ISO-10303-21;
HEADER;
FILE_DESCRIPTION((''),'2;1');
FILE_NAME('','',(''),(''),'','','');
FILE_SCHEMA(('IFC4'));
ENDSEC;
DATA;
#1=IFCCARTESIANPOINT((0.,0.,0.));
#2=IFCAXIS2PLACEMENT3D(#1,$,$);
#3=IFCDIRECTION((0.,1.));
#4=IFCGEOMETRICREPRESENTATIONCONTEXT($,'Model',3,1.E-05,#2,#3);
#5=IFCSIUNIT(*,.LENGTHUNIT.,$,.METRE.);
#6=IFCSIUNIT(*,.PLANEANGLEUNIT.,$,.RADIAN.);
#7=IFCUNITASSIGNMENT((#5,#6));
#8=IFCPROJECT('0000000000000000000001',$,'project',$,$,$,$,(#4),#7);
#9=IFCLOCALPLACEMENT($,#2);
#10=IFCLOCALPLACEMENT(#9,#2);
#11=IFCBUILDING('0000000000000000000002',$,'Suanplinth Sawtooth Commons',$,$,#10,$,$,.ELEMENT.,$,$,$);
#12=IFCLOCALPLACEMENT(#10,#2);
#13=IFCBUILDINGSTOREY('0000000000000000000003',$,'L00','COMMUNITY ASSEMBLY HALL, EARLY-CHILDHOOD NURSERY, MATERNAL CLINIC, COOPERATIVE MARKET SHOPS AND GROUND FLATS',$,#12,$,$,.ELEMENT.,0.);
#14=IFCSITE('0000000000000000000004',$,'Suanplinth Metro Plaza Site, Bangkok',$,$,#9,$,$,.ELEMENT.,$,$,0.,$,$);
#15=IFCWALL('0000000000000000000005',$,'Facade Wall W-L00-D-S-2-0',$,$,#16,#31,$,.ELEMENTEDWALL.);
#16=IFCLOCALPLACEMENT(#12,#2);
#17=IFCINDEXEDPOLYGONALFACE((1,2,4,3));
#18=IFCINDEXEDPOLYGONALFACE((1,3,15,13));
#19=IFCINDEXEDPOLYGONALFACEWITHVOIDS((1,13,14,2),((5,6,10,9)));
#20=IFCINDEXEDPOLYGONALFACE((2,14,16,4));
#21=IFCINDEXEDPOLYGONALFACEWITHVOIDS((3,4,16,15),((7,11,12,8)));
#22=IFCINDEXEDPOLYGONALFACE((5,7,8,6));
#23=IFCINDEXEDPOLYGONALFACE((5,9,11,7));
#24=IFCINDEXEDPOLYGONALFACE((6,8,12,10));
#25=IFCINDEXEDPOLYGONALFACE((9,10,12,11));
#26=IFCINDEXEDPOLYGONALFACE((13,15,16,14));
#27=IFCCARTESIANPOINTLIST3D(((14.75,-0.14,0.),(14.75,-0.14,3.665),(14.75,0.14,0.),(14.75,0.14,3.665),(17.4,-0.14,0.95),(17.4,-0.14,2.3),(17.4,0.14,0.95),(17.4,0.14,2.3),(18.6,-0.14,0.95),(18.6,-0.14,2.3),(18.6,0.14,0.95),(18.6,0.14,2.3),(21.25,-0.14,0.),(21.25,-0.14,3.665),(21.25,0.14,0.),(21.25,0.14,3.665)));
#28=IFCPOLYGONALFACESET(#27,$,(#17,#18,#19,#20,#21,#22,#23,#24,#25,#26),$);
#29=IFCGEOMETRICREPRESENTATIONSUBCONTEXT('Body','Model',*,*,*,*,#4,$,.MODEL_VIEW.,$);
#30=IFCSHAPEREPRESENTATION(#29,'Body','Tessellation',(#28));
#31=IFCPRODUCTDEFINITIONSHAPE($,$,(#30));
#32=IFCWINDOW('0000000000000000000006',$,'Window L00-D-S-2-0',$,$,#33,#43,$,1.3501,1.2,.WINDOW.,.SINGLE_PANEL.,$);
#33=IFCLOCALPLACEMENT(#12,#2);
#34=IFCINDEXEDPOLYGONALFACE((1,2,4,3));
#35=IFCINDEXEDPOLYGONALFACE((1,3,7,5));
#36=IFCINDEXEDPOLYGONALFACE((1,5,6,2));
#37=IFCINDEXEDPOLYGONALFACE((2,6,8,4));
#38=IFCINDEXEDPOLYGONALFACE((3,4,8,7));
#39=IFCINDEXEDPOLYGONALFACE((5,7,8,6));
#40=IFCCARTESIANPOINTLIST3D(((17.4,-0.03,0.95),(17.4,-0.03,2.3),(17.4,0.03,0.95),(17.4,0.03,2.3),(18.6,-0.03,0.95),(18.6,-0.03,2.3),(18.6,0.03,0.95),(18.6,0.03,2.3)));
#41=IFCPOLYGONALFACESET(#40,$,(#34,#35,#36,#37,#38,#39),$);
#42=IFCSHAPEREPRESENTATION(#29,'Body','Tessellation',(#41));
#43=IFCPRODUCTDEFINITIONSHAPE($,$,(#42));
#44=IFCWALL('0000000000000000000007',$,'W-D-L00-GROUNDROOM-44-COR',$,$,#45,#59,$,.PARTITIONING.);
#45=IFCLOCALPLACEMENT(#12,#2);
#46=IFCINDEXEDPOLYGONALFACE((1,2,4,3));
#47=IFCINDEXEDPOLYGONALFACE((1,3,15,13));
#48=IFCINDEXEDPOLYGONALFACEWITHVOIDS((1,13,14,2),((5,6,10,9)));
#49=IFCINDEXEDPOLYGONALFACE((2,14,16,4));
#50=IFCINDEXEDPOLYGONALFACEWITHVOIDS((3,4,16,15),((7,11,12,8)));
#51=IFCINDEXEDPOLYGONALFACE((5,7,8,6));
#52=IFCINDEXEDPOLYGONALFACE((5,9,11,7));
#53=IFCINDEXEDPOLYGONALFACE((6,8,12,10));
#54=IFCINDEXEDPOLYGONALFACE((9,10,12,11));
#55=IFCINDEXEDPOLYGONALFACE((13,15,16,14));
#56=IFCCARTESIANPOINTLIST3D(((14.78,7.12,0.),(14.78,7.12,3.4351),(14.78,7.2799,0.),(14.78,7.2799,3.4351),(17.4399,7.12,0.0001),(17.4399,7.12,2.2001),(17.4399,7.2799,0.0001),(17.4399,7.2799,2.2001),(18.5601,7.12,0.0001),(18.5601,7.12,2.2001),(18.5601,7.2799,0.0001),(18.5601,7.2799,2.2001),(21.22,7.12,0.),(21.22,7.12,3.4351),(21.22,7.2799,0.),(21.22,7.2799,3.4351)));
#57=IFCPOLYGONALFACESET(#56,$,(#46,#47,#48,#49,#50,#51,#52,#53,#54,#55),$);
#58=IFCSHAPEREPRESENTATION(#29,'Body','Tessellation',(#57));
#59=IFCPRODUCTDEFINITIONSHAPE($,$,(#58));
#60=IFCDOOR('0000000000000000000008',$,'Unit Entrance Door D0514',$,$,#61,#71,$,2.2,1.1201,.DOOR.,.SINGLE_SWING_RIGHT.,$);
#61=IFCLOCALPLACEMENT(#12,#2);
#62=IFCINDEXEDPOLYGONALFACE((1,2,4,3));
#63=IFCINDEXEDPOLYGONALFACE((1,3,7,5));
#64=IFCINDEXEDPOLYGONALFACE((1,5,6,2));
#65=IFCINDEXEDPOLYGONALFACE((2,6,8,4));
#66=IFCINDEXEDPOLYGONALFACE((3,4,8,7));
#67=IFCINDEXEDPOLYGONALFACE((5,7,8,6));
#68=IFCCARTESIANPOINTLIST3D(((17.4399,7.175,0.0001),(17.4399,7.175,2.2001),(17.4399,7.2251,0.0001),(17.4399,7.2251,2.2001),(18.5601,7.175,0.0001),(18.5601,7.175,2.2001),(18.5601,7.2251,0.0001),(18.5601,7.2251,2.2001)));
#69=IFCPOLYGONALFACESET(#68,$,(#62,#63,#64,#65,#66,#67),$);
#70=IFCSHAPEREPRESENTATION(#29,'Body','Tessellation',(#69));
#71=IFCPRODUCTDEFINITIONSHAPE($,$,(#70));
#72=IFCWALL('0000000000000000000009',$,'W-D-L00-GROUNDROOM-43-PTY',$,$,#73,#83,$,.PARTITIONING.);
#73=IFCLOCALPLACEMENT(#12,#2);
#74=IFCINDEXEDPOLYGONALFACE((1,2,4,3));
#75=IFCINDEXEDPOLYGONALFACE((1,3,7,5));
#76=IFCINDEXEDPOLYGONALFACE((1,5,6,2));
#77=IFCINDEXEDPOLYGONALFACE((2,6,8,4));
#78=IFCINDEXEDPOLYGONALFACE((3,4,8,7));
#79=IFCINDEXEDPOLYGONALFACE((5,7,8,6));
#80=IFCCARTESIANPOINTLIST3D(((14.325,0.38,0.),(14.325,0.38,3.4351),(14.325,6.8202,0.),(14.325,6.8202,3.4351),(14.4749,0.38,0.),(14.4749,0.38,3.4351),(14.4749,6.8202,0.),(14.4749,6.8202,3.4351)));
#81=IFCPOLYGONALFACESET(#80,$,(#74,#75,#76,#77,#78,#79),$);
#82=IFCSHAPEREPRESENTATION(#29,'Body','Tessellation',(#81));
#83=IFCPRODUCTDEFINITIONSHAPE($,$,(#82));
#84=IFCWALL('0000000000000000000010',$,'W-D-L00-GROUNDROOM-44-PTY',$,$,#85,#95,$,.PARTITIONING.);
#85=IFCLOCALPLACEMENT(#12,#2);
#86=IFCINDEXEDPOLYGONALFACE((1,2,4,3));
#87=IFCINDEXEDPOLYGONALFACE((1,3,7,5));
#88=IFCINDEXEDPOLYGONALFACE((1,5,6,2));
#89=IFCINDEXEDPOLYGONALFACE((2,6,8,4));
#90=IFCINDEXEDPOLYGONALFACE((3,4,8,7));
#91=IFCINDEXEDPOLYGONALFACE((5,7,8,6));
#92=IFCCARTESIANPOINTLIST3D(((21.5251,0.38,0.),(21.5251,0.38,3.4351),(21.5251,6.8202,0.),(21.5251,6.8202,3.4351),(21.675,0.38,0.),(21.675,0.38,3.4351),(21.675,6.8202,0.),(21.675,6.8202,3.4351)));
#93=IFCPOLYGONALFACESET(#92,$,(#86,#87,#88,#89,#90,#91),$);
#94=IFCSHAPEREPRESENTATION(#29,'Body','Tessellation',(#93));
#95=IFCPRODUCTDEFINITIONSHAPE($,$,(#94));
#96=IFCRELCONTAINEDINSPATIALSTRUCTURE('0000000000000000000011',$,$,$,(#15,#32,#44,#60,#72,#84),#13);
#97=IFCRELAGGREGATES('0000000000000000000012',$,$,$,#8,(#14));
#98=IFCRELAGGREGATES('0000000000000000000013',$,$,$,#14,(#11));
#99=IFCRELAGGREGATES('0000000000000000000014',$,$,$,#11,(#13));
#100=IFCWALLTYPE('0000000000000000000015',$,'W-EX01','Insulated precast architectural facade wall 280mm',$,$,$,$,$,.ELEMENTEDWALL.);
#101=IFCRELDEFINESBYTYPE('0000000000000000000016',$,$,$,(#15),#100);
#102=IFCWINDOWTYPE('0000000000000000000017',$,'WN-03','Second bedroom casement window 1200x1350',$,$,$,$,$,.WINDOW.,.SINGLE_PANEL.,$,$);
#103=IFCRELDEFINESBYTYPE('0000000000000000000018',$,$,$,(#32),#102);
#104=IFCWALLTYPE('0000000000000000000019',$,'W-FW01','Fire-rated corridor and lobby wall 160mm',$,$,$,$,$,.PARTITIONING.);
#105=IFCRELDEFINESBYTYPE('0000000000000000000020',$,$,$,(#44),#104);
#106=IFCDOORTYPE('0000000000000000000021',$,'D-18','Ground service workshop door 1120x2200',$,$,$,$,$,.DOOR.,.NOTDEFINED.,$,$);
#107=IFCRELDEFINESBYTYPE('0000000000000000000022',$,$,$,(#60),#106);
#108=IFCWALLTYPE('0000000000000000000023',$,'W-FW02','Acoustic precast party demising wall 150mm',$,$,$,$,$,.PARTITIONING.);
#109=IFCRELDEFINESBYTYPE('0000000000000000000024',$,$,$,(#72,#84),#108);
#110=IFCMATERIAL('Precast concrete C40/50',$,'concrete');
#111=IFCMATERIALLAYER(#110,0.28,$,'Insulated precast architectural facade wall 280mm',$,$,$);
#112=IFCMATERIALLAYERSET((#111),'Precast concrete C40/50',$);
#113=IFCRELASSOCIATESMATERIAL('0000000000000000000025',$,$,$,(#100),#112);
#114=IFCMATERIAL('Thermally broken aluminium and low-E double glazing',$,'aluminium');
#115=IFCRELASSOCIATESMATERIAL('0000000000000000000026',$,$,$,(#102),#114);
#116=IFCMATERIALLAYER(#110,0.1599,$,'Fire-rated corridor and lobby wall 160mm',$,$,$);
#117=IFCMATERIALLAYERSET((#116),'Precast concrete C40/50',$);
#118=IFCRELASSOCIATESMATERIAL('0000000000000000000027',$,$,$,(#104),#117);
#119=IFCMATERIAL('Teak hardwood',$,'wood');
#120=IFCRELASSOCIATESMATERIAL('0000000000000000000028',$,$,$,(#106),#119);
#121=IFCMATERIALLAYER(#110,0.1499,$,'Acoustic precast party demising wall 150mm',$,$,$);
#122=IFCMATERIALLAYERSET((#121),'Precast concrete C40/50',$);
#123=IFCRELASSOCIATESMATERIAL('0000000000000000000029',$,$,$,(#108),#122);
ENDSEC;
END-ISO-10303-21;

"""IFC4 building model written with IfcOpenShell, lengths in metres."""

from ifc_helpers import new_model, si_unit, direction, frame, frame_2d, origin, place, context, subcontext, project, spatial, rectangle, extrude, material, layer, layer_set, type_object, element, fill, save


model = new_model("IFC4")

# Units and contexts
model_context = context("Model", 3, precision=1e-05, world=origin(), true_north=direction((0.0, 1.0)))
body_context = subcontext(model_context, "Body", "Model", "MODEL_VIEW")
ifc_project = project(units=[si_unit("LENGTHUNIT", "METRE"), si_unit("PLANEANGLEUNIT", "RADIAN")], contexts=[model_context])

# Site, building, storey
site_placement = place(None, origin())
site = spatial("IfcSite", under=ifc_project, at=site_placement, Name="Suanplinth Metro Plaza Site, Bangkok", CompositionType="ELEMENT", RefElevation=0.0)
building_placement = place(site_placement, origin())
building = spatial("IfcBuilding", under=site, at=building_placement, Name="Suanplinth Sawtooth Commons", CompositionType="ELEMENT")
storey_placement = place(building_placement, origin())
storey = spatial("IfcBuildingStorey", under=building, at=storey_placement, Name="L00", Description="COMMUNITY ASSEMBLY HALL, EARLY-CHILDHOOD NURSERY, MATERNAL CLINIC, COOPERATIVE MARKET SHOPS AND GROUND FLATS", CompositionType="ELEMENT", Elevation=0.0)

# Shared definitions
ifc_material_1 = material(Name="Precast concrete C40/50", Category="concrete")

# Wall, opening, window
ifc_layer_1 = layer(ifc_material_1, 0.28, Name="Insulated precast architectural facade wall 280mm")
ifc_layer_set_1 = layer_set([ifc_layer_1], Name="Precast concrete C40/50")
wall_type_1 = type_object("IfcWallType", Name="W-EX01", Description="Insulated precast architectural facade wall 280mm", PredefinedType="ELEMENTEDWALL", material=ifc_layer_set_1)
wall_1_placement = place(storey_placement, frame((14.75, 0.0, 0.0), z_axis=(0.0, 0.0, 1.0), x_axis=(1.0, 0.0, 0.0)))
wall_1 = element("IfcWall", 1, at=wall_1_placement, inside=storey, type_object=wall_type_1, Name="Facade Wall W-L00-D-S-2-0", PredefinedType="ELEMENTEDWALL", context=body_context, shape_type="SweptSolid", body=[
    extrude(rectangle(XDim=6.5, YDim=0.28, at=frame_2d((3.25, 0.0))), origin(), (0.0, 0.0, 1.0), 3.665),
])
opening_1_placement = place(wall_1_placement, frame((2.6499, 0.0, 0.95)))
opening_1 = element("IfcOpeningElement", 2, at=opening_1_placement, cuts=wall_1, PredefinedType="OPENING", context=body_context, shape_type="SweptSolid", body=[
    extrude(rectangle(XDim=1.2, YDim=1.3501, at=frame_2d((0.6001, 0.675))), frame((0.0, 0.1548, 0.0), z_axis=(0.0, -1.0, 0.0), x_axis=(1.0, 0.0, 0.0)), (0.0, 0.0, 1.0), 0.3098),
])
ifc_material_2 = material(Name="Thermally broken aluminium and low-E double glazing", Category="aluminium")
window_type = type_object("IfcWindowType", Name="WN-03", Description="Second bedroom casement window 1200x1350", PartitioningType="SINGLE_PANEL", PredefinedType="WINDOW", material=ifc_material_2)
window_placement = place(opening_1_placement, origin())
window = element("IfcWindow", 3, at=window_placement, inside=storey, type_object=window_type, Name="Window L00-D-S-2-0", OverallHeight=1.3501, OverallWidth=1.2, PartitioningType="SINGLE_PANEL", PredefinedType="WINDOW", context=body_context, shape_type="SweptSolid", body=[
    extrude(rectangle(XDim=1.2, YDim=1.3501, at=frame_2d((0.6001, 0.675))), frame((0.0, 0.03, 0.0), z_axis=(0.0, -1.0, 0.0), x_axis=(1.0, 0.0, 0.0)), (0.0, 0.0, 1.0), 0.0601),
])
fill(opening_1, window)

# Wall, opening, door
ifc_layer_2 = layer(ifc_material_1, 0.1599, Name="Fire-rated corridor and lobby wall 160mm")
ifc_layer_set_2 = layer_set([ifc_layer_2], Name="Precast concrete C40/50")
wall_type_2 = type_object("IfcWallType", Name="W-FW01", Description="Fire-rated corridor and lobby wall 160mm", PredefinedType="PARTITIONING", material=ifc_layer_set_2)
wall_2_placement = place(storey_placement, frame((14.78, 7.2, 0.0), z_axis=(0.0, 0.0, 1.0), x_axis=(1.0, 0.0, 0.0)))
wall_2 = element("IfcWall", 4, at=wall_2_placement, inside=storey, type_object=wall_type_2, Name="W-D-L00-GROUNDROOM-44-COR", PredefinedType="PARTITIONING", context=body_context, shape_type="SweptSolid", body=[
    extrude(rectangle(XDim=6.4399, YDim=0.1599, at=frame_2d((3.22, 0.0))), origin(), (0.0, 0.0, 1.0), 3.4351),
])
opening_2_placement = place(wall_2_placement, frame((2.6599, 0.0, 0.0)))
opening_2 = element("IfcOpeningElement", 5, at=opening_2_placement, cuts=wall_2, PredefinedType="OPENING", context=body_context, shape_type="SweptSolid", body=[
    extrude(rectangle(XDim=1.1201, YDim=2.2, at=frame_2d((0.5601, 1.1001))), frame((0.0, 0.0947, 0.0), z_axis=(0.0, -1.0, 0.0), x_axis=(1.0, 0.0, 0.0)), (0.0, 0.0, 1.0), 0.1897),
])
ifc_material_3 = material(Name="Teak hardwood", Category="wood")
door_type = type_object("IfcDoorType", Name="D-18", Description="Ground service workshop door 1120x2200", OperationType="NOTDEFINED", PredefinedType="DOOR", material=ifc_material_3)
door_placement = place(opening_2_placement, frame((1.1201, 0.0, 0.0), z_axis=(0.0, 0.0, 1.0), x_axis=(-1.0, 0.0, 0.0)))
door = element("IfcDoor", 6, at=door_placement, inside=storey, type_object=door_type, Name="Unit Entrance Door D0514", OperationType="SINGLE_SWING_RIGHT", OverallHeight=2.2, OverallWidth=1.1201, PredefinedType="DOOR", context=body_context, shape_type="SweptSolid", body=[
    extrude(rectangle(XDim=1.1201, YDim=2.2, at=frame_2d((0.5601, 1.1001))), frame((0.0, 0.0249, 0.0), z_axis=(0.0, -1.0, 0.0), x_axis=(1.0, 0.0, 0.0)), (0.0, 0.0, 1.0), 0.05),
])
fill(opening_2, door)

# Walls
ifc_layer_3 = layer(ifc_material_1, 0.1499, Name="Acoustic precast party demising wall 150mm")
ifc_layer_set_3 = layer_set([ifc_layer_3], Name="Precast concrete C40/50")
wall_type_3 = type_object("IfcWallType", Name="W-FW02", Description="Acoustic precast party demising wall 150mm", PredefinedType="PARTITIONING", material=ifc_layer_set_3)
for number, where, z_axis, x_axis, name in (
    (7, (14.3999, 0.3799, 0.0), (0.0, 0.0, 1.0), (0.0, 1.0, 0.0), "W-D-L00-GROUNDROOM-43-PTY"),
    (8, (21.6001, 0.3799, 0.0), (0.0, 0.0, 1.0), (0.0, 1.0, 0.0), "W-D-L00-GROUNDROOM-44-PTY"),
):
    element("IfcWall", number, at=place(storey_placement, frame(where, z_axis=z_axis, x_axis=x_axis)), inside=storey, type_object=wall_type_3, Name=name, PredefinedType="PARTITIONING", context=body_context, shape_type="SweptSolid", body=[
        extrude(rectangle(XDim=6.4402, YDim=0.1499, at=frame_2d((3.2202, 0.0))), origin(), (0.0, 0.0, 1.0), 3.4351),
    ])

save(model, "model.ifc")
